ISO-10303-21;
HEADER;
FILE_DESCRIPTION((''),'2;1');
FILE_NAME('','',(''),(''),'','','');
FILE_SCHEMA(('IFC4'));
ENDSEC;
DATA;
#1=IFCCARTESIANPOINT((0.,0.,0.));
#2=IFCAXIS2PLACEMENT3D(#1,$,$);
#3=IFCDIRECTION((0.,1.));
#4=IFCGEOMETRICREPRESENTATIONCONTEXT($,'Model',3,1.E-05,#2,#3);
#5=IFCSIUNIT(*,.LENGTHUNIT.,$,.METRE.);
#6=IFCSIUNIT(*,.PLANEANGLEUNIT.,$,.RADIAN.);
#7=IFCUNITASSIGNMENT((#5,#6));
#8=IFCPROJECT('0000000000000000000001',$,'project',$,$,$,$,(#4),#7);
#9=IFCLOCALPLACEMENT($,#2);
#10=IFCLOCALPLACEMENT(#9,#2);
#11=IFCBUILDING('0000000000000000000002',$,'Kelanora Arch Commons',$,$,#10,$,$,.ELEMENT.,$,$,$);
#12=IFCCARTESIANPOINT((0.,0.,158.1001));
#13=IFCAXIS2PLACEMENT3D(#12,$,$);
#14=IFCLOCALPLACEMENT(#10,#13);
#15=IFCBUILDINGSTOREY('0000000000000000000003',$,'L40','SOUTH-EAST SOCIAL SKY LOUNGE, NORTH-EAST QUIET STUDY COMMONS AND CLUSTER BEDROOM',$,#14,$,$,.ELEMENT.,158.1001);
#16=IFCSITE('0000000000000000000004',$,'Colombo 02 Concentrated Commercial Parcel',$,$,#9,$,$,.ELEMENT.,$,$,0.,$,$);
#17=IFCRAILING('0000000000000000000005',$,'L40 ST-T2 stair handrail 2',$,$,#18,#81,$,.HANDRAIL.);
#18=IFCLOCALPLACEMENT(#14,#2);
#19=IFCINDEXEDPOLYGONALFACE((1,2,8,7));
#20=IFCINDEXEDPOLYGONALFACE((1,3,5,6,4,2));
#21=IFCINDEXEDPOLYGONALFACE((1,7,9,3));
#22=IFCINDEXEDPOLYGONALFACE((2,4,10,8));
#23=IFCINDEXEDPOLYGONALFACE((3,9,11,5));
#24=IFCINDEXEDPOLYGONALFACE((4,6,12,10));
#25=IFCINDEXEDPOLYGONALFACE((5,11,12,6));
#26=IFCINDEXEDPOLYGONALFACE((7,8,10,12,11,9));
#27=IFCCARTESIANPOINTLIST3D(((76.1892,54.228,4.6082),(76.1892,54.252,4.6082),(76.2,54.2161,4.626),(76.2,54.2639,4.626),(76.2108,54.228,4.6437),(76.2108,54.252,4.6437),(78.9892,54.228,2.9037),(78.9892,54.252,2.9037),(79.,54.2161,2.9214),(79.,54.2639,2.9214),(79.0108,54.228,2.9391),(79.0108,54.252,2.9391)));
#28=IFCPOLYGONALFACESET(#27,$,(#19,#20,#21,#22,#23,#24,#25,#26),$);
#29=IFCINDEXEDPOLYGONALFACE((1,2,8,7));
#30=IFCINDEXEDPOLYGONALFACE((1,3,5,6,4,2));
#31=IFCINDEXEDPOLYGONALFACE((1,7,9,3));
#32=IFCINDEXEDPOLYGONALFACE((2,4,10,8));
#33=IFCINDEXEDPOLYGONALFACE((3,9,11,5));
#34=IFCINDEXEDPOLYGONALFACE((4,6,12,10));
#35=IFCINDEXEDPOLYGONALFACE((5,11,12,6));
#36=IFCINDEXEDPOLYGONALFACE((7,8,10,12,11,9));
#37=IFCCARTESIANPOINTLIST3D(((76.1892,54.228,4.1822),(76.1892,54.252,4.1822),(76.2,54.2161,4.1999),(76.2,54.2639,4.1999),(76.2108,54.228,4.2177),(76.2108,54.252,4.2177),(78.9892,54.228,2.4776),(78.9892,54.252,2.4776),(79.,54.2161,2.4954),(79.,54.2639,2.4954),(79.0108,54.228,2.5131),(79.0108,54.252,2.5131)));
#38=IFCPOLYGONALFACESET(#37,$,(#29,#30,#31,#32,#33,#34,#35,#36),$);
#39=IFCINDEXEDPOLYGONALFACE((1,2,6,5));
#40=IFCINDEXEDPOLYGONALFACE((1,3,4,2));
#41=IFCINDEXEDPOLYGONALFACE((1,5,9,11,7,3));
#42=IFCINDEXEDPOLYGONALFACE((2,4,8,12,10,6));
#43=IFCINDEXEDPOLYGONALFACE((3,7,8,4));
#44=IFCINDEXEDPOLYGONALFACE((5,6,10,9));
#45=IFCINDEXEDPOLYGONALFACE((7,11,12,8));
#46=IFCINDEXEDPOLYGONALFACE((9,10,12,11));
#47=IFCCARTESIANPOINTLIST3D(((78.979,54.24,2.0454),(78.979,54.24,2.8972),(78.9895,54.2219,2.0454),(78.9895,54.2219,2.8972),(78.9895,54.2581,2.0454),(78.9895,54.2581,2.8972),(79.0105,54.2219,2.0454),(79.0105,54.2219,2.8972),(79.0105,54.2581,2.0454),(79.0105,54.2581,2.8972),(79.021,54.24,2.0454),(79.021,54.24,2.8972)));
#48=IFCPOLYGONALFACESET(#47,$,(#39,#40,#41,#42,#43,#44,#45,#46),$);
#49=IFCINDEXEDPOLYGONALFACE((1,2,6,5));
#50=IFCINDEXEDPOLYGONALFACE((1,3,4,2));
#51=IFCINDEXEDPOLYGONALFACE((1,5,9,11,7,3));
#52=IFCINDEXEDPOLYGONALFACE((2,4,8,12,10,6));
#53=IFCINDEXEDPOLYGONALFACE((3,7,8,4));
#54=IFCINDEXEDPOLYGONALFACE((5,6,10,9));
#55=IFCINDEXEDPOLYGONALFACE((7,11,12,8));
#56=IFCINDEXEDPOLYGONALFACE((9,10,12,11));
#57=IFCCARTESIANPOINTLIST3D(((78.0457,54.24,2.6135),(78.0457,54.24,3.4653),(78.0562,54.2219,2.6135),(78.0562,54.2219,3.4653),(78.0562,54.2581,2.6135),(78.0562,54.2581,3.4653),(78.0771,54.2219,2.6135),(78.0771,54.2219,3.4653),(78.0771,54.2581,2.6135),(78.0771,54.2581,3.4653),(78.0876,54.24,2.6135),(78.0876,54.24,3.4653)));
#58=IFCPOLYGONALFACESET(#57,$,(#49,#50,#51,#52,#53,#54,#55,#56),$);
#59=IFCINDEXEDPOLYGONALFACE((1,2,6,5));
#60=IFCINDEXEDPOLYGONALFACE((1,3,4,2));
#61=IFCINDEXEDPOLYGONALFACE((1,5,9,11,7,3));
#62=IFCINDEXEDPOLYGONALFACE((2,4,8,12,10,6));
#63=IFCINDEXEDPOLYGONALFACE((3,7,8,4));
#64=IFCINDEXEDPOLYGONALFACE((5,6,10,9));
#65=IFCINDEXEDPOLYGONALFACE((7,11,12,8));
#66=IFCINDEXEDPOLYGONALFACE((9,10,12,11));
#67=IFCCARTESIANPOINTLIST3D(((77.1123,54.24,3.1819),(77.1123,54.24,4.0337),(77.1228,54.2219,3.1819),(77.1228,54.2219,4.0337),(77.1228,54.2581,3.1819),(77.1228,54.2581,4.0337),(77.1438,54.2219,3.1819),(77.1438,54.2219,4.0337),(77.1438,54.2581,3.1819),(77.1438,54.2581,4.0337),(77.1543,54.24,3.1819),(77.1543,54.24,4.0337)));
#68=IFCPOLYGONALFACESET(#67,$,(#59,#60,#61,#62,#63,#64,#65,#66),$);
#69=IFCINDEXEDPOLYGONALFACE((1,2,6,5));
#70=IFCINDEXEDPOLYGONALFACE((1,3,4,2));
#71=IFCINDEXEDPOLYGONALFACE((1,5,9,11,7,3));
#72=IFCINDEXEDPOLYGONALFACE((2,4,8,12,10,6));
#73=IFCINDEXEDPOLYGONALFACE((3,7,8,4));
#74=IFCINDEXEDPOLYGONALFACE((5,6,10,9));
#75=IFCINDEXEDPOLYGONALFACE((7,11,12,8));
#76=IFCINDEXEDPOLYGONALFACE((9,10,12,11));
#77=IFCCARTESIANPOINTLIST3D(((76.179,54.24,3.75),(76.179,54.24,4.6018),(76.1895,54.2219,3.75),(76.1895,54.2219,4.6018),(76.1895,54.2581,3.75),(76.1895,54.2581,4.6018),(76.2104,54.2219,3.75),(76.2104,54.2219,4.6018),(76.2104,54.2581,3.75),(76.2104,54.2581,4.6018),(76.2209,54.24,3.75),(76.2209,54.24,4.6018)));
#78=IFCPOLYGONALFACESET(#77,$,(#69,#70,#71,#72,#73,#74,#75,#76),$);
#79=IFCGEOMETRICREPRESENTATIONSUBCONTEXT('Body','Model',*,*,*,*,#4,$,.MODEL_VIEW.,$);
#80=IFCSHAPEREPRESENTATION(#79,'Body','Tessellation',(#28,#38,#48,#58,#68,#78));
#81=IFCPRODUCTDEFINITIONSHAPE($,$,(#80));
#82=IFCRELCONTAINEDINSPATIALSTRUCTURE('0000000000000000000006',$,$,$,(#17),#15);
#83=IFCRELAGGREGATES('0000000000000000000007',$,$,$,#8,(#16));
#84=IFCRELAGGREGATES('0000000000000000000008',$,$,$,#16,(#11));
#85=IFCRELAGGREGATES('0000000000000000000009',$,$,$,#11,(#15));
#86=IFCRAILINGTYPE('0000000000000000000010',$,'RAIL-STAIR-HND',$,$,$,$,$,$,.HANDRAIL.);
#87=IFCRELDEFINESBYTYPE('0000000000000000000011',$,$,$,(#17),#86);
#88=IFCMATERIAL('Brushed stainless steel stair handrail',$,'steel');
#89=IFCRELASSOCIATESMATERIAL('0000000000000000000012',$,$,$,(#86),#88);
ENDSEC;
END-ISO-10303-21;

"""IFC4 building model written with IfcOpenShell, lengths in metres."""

from ifc_helpers import new_model, si_unit, direction, frame, origin, place, context, subcontext, project, spatial, polyline, outline, extrude, material, type_object, element, save


model = new_model("IFC4")

# Units and contexts
model_context = context("Model", 3, precision=1e-05, world=origin(), true_north=direction((0.0, 1.0)))
body_context = subcontext(model_context, "Body", "Model", "MODEL_VIEW")
ifc_project = project(units=[si_unit("LENGTHUNIT", "METRE"), si_unit("PLANEANGLEUNIT", "RADIAN")], contexts=[model_context])

# Site, building, storey
site_placement = place(None, origin())
site = spatial("IfcSite", under=ifc_project, at=site_placement, Name="Colombo 02 Concentrated Commercial Parcel", CompositionType="ELEMENT", RefElevation=0.0)
building_placement = place(site_placement, origin())
building = spatial("IfcBuilding", under=site, at=building_placement, Name="Kelanora Arch Commons", CompositionType="ELEMENT")
storey_placement = place(building_placement, frame((0.0, 0.0, 158.1001)))
storey = spatial("IfcBuildingStorey", under=building, at=storey_placement, Name="L40", Description="SOUTH-EAST SOCIAL SKY LOUNGE, NORTH-EAST QUIET STUDY COMMONS AND CLUSTER BEDROOM", CompositionType="ELEMENT", Elevation=158.1001)

# Railing
ifc_material_1 = material(Name="Brushed stainless steel stair handrail", Category="steel")
railing_type_1 = type_object("IfcRailingType", Name="RAIL-STAIR-HND", PredefinedType="HANDRAIL", material=ifc_material_1)
railing_1_placement = place(storey_placement, frame((79.0, 54.24, 2.0454)))
element("IfcRailing", 1, at=railing_1_placement, inside=storey, type_object=railing_type_1, Name="L40 ST-T2 stair handrail 2", PredefinedType="HANDRAIL", context=body_context, shape_type="SweptSolid", body=[
    extrude(outline(polyline([(0.0239, 0.0), (0.012, 0.0208), (-0.012, 0.0208), (-0.0239, 0.0), (-0.012, -0.0208), (0.012, -0.0208), (0.0239, 0.0)])), frame((0.0, 0.0, 0.876), z_axis=(-0.85417, 0.0, 0.519994), x_axis=(0.0, -1.0, 0.0)), (0.0, 0.0, 1.0), 3.2781),
    extrude(outline(polyline([(0.0239, 0.0), (0.012, 0.0208), (-0.012, 0.0208), (-0.0239, 0.0), (-0.012, -0.0208), (0.012, -0.0208), (0.0239, 0.0)])), frame((0.0, 0.0, 0.45), z_axis=(-0.85417, 0.0, 0.519994), x_axis=(0.0, -1.0, 0.0)), (0.0, 0.0, 1.0), 3.2781),
    extrude(outline(polyline([(0.021, 0.0), (0.0105, 0.0181), (-0.0105, 0.0181), (-0.021, 0.0), (-0.0105, -0.0181), (0.0105, -0.0181), (0.021, 0.0)])), origin(), (0.0, 0.0, 1.0), 0.8518),
    extrude(outline(polyline([(0.021, 0.0), (0.0105, 0.0181), (-0.0105, 0.0181), (-0.021, 0.0), (-0.0105, -0.0181), (0.0105, -0.0181), (0.021, 0.0)])), frame((-0.9333, 0.0, 0.5681)), (0.0, 0.0, 1.0), 0.8518),
    extrude(outline(polyline([(0.021, 0.0), (0.0105, 0.0181), (-0.0105, 0.0181), (-0.021, 0.0), (-0.0105, -0.0181), (0.0105, -0.0181), (0.021, 0.0)])), frame((-1.8667, 0.0, 1.1365)), (0.0, 0.0, 1.0), 0.8518),
    extrude(outline(polyline([(0.021, 0.0), (0.0105, 0.0181), (-0.0105, 0.0181), (-0.021, 0.0), (-0.0105, -0.0181), (0.0105, -0.0181), (0.021, 0.0)])), frame((-2.8, 0.0, 1.7046)), (0.0, 0.0, 1.0), 0.8518),
])

save(model, "model.ifc")
